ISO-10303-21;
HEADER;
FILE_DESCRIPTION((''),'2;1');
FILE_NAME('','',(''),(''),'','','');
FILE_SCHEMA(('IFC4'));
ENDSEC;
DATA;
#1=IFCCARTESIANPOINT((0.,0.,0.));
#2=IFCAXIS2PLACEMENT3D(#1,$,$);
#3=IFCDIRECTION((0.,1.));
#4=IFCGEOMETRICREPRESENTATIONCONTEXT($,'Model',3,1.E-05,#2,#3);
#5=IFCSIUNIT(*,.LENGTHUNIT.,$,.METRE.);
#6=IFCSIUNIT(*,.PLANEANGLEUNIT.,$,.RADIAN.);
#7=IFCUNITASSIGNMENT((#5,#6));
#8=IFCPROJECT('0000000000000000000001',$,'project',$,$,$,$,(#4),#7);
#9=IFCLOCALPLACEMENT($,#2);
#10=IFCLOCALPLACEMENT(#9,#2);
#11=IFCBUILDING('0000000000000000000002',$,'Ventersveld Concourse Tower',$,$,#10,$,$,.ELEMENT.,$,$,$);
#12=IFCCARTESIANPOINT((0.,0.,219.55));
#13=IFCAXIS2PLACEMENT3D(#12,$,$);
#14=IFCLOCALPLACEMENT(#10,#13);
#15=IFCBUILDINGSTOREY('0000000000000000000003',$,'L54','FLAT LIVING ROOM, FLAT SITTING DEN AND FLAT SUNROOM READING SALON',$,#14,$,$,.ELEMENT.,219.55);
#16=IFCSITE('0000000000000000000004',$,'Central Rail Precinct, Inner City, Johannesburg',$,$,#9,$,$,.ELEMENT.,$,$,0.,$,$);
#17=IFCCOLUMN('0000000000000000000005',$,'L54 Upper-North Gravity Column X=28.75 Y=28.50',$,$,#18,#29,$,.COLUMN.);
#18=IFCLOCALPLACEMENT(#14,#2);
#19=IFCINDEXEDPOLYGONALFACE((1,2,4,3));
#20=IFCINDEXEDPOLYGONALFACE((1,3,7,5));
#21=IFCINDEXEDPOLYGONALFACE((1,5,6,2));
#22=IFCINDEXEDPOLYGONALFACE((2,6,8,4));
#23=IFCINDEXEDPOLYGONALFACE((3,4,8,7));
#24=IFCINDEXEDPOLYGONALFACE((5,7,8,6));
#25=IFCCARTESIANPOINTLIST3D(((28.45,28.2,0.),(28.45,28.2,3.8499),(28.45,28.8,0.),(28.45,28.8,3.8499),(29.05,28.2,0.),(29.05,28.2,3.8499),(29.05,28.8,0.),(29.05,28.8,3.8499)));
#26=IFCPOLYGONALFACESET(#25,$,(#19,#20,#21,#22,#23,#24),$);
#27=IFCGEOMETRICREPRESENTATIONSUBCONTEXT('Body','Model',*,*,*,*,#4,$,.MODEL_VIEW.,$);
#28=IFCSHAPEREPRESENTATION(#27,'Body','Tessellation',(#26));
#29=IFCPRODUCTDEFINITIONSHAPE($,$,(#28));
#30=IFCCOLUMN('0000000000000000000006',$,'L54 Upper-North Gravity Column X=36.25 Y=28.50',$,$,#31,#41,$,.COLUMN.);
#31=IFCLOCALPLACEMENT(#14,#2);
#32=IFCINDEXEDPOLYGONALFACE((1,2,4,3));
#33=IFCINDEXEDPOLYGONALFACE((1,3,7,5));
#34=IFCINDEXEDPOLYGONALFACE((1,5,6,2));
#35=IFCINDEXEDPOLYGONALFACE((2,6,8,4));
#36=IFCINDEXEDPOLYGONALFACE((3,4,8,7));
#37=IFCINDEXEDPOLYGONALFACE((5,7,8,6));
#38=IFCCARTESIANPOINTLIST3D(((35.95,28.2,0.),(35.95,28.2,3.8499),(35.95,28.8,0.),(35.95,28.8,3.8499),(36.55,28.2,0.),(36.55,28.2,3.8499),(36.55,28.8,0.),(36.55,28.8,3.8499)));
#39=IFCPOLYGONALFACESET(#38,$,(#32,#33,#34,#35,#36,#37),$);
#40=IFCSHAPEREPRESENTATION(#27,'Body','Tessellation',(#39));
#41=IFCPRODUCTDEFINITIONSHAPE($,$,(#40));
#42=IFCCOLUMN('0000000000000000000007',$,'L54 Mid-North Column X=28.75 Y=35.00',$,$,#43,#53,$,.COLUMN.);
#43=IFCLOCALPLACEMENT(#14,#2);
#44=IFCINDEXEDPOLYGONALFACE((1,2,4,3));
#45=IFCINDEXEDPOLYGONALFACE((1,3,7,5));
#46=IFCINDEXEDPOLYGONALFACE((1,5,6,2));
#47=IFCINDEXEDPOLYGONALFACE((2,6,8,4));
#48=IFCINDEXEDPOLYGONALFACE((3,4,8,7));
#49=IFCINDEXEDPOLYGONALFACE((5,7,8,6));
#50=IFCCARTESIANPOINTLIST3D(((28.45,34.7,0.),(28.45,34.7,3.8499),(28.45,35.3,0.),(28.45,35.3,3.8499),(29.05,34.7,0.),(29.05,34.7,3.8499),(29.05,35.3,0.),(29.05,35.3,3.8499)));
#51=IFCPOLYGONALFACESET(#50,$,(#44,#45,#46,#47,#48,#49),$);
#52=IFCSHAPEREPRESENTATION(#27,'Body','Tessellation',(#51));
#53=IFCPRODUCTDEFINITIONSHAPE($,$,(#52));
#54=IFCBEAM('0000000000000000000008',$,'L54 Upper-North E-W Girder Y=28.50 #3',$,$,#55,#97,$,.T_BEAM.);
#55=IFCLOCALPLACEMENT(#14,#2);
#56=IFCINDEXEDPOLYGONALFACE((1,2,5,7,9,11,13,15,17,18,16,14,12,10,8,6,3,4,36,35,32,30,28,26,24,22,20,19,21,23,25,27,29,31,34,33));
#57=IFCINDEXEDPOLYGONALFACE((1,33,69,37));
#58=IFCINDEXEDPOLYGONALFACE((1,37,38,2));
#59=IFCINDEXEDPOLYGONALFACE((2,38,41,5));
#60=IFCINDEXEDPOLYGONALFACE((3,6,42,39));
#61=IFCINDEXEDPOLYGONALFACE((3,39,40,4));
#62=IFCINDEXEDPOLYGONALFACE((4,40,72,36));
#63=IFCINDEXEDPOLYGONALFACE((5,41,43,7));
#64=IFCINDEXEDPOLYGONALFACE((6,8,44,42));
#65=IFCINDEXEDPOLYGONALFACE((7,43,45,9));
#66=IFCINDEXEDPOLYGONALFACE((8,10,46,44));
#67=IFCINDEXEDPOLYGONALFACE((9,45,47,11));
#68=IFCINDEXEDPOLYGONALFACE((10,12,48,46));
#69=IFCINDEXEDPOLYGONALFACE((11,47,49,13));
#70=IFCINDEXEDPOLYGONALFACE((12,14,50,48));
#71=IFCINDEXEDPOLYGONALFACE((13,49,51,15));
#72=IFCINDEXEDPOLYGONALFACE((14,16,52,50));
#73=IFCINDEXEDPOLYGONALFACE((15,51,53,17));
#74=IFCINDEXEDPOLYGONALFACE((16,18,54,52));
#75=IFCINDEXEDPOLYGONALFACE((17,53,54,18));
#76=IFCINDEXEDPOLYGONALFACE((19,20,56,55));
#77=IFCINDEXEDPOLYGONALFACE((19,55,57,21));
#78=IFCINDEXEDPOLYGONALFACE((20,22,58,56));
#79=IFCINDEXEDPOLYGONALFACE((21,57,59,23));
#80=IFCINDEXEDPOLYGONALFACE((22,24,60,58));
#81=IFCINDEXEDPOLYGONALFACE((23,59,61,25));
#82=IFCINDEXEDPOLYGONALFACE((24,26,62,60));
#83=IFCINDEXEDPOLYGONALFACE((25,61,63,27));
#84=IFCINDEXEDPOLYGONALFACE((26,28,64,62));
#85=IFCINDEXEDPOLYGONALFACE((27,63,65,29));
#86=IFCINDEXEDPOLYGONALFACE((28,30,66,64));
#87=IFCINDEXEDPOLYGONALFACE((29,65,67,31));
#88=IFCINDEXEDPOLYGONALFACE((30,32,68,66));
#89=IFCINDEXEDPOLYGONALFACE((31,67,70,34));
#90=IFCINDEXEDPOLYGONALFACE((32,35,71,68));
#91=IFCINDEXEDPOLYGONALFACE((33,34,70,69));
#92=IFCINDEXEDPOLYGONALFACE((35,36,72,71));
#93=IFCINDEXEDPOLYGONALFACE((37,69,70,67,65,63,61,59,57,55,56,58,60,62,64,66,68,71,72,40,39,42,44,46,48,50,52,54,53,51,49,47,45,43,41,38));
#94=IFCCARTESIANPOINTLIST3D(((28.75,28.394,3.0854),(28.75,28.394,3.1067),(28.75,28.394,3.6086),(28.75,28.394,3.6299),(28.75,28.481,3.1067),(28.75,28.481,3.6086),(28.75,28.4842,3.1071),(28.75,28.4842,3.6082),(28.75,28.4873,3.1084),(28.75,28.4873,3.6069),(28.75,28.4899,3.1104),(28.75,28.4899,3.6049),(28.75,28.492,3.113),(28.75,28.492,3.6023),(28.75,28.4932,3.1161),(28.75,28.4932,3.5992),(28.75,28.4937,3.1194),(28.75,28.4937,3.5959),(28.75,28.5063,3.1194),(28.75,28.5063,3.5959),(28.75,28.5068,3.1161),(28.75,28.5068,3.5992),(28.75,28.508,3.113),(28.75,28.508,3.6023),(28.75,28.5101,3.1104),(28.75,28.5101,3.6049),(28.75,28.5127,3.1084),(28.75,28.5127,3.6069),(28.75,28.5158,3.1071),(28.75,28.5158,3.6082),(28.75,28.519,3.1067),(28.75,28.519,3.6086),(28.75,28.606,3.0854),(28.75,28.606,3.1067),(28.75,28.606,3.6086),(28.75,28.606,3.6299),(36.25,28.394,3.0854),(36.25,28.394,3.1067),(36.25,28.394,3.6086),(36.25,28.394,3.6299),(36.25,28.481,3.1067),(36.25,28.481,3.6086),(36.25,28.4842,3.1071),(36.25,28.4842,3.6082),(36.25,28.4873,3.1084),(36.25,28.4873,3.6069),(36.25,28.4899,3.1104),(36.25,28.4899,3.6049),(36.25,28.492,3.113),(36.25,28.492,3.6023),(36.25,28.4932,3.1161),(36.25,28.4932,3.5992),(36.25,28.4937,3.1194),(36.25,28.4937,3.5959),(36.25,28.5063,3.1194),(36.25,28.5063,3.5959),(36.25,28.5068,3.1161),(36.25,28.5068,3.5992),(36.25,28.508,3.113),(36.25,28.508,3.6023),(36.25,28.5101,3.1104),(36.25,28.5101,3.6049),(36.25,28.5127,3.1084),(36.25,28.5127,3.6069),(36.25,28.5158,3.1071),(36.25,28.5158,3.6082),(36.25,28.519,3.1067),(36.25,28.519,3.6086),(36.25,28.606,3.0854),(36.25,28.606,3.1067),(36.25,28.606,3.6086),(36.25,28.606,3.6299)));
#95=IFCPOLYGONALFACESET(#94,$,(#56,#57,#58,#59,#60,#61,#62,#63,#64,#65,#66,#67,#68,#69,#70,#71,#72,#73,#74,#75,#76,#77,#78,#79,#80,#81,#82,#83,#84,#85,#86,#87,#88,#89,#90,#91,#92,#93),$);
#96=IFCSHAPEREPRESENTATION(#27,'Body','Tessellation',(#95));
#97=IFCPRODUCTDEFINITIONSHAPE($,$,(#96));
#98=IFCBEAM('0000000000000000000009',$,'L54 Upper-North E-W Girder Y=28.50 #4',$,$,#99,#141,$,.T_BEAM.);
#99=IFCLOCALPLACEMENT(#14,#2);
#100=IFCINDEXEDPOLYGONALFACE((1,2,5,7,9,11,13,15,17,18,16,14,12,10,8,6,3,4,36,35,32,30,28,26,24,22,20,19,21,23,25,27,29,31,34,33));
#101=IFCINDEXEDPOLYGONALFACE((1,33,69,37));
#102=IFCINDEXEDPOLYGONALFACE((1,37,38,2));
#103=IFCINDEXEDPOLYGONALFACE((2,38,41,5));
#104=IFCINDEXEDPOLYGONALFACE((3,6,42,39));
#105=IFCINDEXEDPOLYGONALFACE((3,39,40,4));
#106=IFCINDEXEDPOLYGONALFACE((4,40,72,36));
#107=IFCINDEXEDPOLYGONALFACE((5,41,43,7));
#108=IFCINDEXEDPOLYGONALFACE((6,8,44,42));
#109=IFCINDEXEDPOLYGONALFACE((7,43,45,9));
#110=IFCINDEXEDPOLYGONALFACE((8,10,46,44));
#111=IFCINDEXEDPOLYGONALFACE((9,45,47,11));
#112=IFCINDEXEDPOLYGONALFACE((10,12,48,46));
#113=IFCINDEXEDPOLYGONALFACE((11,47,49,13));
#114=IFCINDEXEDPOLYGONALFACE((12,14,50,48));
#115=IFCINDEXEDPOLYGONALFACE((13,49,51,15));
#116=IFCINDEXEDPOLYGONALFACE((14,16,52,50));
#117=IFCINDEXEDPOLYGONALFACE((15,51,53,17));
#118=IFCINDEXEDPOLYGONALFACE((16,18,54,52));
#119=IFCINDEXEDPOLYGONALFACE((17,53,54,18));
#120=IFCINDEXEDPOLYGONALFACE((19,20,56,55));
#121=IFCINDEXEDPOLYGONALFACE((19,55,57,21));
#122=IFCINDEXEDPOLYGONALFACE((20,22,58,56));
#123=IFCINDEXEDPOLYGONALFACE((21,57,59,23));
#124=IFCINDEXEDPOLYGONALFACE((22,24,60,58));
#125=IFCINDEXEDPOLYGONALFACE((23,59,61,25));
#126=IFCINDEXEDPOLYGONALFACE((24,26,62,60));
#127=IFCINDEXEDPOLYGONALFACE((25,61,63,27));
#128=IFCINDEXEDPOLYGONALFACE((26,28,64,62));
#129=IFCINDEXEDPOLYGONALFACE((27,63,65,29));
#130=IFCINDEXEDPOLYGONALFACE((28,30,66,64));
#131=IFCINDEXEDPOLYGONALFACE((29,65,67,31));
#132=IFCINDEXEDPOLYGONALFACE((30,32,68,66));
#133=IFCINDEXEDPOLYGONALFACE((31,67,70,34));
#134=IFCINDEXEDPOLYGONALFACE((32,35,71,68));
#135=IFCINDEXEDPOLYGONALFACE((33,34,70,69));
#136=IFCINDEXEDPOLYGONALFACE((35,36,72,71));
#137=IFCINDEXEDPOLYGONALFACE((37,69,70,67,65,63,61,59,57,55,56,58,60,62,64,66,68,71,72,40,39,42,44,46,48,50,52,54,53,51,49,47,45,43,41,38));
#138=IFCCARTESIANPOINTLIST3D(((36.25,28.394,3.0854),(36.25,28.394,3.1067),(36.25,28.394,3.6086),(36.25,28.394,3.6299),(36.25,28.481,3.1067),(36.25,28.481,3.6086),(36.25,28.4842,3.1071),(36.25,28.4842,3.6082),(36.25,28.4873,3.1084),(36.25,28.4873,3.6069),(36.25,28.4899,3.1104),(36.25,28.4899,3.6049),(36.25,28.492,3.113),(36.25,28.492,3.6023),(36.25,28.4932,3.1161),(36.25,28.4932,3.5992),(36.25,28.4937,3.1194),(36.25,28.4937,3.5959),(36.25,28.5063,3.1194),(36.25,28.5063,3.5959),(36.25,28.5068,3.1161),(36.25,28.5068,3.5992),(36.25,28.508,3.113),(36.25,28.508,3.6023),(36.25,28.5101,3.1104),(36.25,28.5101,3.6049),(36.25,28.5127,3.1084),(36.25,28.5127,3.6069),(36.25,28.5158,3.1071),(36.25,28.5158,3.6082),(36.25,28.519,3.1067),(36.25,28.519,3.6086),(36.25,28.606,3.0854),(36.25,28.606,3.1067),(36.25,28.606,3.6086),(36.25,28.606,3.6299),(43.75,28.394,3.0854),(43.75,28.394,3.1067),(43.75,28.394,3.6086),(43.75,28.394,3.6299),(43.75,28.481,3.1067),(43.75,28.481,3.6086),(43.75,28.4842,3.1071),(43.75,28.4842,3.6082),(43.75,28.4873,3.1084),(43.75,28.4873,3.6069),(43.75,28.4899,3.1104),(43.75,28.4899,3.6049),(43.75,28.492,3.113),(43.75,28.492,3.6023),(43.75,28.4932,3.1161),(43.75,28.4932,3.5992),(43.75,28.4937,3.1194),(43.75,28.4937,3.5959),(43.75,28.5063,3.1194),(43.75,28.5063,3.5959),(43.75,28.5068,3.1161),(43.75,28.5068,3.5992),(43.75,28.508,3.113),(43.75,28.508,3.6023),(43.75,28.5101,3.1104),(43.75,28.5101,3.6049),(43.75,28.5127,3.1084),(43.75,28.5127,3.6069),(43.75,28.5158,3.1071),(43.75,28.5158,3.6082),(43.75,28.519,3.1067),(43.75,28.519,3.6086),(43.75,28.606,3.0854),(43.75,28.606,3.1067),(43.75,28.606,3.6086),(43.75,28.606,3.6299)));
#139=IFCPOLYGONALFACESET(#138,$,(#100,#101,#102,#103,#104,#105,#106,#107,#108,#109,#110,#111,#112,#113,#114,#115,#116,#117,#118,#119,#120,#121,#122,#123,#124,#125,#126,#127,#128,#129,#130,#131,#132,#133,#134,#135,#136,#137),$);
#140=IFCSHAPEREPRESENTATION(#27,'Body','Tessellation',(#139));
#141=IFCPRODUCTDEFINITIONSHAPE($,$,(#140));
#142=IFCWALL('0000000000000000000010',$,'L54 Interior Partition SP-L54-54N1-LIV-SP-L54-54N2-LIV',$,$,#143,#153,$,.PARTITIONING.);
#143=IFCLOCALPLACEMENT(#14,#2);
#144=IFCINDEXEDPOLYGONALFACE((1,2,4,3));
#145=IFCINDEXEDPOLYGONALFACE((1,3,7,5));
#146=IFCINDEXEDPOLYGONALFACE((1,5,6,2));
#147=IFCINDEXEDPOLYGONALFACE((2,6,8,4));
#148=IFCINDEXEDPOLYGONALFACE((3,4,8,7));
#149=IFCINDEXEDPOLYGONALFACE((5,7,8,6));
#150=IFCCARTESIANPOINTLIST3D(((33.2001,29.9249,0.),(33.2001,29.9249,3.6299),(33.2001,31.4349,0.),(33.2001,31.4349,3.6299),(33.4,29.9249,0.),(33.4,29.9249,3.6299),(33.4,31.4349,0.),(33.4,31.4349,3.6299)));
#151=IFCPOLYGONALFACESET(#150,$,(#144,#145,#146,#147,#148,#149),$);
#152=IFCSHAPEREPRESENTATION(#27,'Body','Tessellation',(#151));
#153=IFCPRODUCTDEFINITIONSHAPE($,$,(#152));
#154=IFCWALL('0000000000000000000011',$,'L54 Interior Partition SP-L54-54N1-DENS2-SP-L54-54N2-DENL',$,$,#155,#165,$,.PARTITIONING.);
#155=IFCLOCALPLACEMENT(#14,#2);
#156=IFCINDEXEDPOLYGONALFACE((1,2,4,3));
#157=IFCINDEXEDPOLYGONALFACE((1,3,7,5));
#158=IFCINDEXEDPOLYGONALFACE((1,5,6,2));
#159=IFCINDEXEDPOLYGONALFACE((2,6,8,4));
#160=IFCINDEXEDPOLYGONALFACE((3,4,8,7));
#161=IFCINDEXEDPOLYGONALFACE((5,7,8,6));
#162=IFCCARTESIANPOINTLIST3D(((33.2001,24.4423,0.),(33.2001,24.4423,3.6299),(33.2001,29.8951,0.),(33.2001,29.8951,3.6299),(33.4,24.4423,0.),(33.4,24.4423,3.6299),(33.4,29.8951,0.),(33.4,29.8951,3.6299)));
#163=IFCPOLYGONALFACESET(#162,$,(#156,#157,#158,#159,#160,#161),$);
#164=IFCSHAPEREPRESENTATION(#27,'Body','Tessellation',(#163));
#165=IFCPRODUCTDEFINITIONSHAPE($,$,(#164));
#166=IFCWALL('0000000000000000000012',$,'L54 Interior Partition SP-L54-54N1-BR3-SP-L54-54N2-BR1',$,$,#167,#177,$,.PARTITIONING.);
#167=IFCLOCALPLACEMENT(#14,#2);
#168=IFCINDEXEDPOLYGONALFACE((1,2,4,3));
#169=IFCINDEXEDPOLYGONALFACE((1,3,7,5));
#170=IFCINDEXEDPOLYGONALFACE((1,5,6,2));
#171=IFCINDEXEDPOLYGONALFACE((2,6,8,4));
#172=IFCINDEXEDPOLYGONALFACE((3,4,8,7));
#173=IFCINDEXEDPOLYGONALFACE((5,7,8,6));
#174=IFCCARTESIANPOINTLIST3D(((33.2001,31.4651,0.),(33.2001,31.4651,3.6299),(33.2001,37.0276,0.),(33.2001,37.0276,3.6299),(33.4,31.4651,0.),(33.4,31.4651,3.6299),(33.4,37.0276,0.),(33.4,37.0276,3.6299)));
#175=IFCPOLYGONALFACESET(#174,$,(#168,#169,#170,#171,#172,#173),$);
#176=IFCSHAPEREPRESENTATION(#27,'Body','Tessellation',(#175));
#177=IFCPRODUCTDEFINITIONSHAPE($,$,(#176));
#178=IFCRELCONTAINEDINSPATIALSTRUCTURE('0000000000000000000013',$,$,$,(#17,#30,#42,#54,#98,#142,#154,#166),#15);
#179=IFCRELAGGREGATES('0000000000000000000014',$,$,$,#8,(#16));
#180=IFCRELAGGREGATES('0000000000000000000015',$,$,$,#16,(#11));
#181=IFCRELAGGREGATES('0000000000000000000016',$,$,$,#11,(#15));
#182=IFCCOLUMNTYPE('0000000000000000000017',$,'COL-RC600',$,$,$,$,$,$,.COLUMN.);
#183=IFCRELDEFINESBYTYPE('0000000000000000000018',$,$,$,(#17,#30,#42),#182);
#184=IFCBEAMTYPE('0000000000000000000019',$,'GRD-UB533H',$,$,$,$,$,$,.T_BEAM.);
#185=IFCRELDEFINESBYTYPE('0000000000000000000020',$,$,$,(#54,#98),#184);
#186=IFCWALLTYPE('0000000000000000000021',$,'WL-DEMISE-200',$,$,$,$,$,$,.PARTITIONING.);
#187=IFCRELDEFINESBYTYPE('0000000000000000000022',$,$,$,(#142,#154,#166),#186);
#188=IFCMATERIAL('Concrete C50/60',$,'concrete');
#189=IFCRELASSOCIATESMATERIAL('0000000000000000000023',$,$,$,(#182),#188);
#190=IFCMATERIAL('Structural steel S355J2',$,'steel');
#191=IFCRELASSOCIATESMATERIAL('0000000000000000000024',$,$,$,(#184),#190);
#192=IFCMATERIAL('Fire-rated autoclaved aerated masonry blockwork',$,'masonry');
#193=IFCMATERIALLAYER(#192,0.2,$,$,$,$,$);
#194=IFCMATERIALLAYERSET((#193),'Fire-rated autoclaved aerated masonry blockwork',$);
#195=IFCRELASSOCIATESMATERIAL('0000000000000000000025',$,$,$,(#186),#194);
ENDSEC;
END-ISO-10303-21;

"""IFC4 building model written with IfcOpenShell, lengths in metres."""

from ifc_helpers import new_model, si_unit, direction, frame, frame_2d, origin, origin_2d, place, context, subcontext, project, spatial, rectangle, i_section, extrude, material, layer, layer_set, material_profile, profile_set, type_object, element, save


model = new_model("IFC4")

# Units and contexts
model_context = context("Model", 3, precision=1e-05, world=origin(), true_north=direction((0.0, 1.0)))
body_context = subcontext(model_context, "Body", "Model", "MODEL_VIEW")
ifc_project = project(units=[si_unit("LENGTHUNIT", "METRE"), si_unit("PLANEANGLEUNIT", "RADIAN")], contexts=[model_context])

# Site, building, storey
site_placement = place(None, origin())
site = spatial("IfcSite", under=ifc_project, at=site_placement, Name="Central Rail Precinct, Inner City, Johannesburg", CompositionType="ELEMENT", RefElevation=0.0)
building_placement = place(site_placement, origin())
building = spatial("IfcBuilding", under=site, at=building_placement, Name="Ventersveld Concourse Tower", CompositionType="ELEMENT")
storey_placement = place(building_placement, frame((0.0, 0.0, 219.55)))
storey = spatial("IfcBuildingStorey", under=building, at=storey_placement, Name="L54", Description="FLAT LIVING ROOM, FLAT SITTING DEN AND FLAT SUNROOM READING SALON", CompositionType="ELEMENT", Elevation=219.55)

# Columns
ifc_material_1 = material(Name="Concrete C50/60", Category="concrete")
ifc_material_profile_1 = material_profile(ifc_material_1, rectangle(XDim=0.6001, YDim=0.6001, at=origin_2d()), Name="RC 600x600")
ifc_profile_set_1 = profile_set([ifc_material_profile_1], Name="Concrete C50/60")
column_type = type_object("IfcColumnType", Name="COL-RC600", PredefinedType="COLUMN", material=ifc_profile_set_1)
for number, where, z_axis, x_axis, name in (
    (1, (28.75, 28.5, 0.0), (0.0, 0.0, 1.0), (1.0, 0.0, 0.0), "L54 Upper-North Gravity Column X=28.75 Y=28.50"),
    (2, (36.25, 28.5, 0.0), (0.0, 0.0, 1.0), (1.0, 0.0, 0.0), "L54 Upper-North Gravity Column X=36.25 Y=28.50"),
    (3, (28.75, 35.0, 0.0), (0.0, 0.0, 1.0), (1.0, 0.0, 0.0), "L54 Mid-North Column X=28.75 Y=35.00"),
):
    element("IfcColumn", number, at=place(storey_placement, frame(where, z_axis=z_axis, x_axis=x_axis)), inside=storey, type_object=column_type, Name=name, PredefinedType="COLUMN", context=body_context, shape_type="SweptSolid", body=[
        extrude(rectangle(XDim=0.6001, YDim=0.6001, at=origin_2d()), origin(), (0.0, 0.0, 1.0), 3.8499),
    ])

# Beams
ifc_material_2 = material(Name="Structural steel S355J2", Category="steel")
ifc_material_profile_2 = material_profile(ifc_material_2, i_section(OverallWidth=0.2119, OverallDepth=0.5444, WebThickness=0.0127, FlangeThickness=0.0212, FilletRadius=0.0127, at=origin_2d()), Name="UB 533x210x122")
ifc_profile_set_2 = profile_set([ifc_material_profile_2], Name="Structural steel S355J2")
beam_type = type_object("IfcBeamType", Name="GRD-UB533H", PredefinedType="T_BEAM", material=ifc_profile_set_2)
for number, where, z_axis, x_axis, name in (
    (4, (28.75, 28.5, 3.3577), (1.0, 0.0, 0.0), (0.0, 1.0, 0.0), "L54 Upper-North E-W Girder Y=28.50 #3"),
    (5, (36.25, 28.5, 3.3577), (1.0, 0.0, 0.0), (0.0, 1.0, 0.0), "L54 Upper-North E-W Girder Y=28.50 #4"),
):
    element("IfcBeam", number, at=place(storey_placement, frame(where, z_axis=z_axis, x_axis=x_axis)), inside=storey, type_object=beam_type, Name=name, PredefinedType="T_BEAM", context=body_context, shape_type="SweptSolid", body=[
        extrude(i_section(OverallWidth=0.2119, OverallDepth=0.5444, WebThickness=0.0127, FlangeThickness=0.0212, FilletRadius=0.0127, at=origin_2d()), origin(), (0.0, 0.0, 1.0), 7.5),
    ])

# Walls
ifc_material_3 = material(Name="Fire-rated autoclaved aerated masonry blockwork", Category="masonry")
ifc_layer_1 = layer(ifc_material_3, 0.2)
ifc_layer_set_1 = layer_set([ifc_layer_1], Name="Fire-rated autoclaved aerated masonry blockwork")
wall_type_1 = type_object("IfcWallType", Name="WL-DEMISE-200", PredefinedType="PARTITIONING", material=ifc_layer_set_1)
wall_1_placement = place(storey_placement, frame((33.3, 29.925, 0.0), z_axis=(0.0, 0.0, 1.0), x_axis=(0.0, 1.0, 0.0)))
element("IfcWall", 6, at=wall_1_placement, inside=storey, type_object=wall_type_1, Name="L54 Interior Partition SP-L54-54N1-LIV-SP-L54-54N2-LIV", PredefinedType="PARTITIONING", context=body_context, shape_type="SweptSolid", body=[
    extrude(rectangle(XDim=1.51, YDim=0.2, at=frame_2d((0.7549, 0.0))), origin(), (0.0, 0.0, 1.0), 3.6299),
])
wall_2_placement = place(storey_placement, frame((33.3, 24.4421, 0.0), z_axis=(0.0, 0.0, 1.0), x_axis=(0.0, 1.0, 0.0)))
element("IfcWall", 7, at=wall_2_placement, inside=storey, type_object=wall_type_1, Name="L54 Interior Partition SP-L54-54N1-DENS2-SP-L54-54N2-DENL", PredefinedType="PARTITIONING", context=body_context, shape_type="SweptSolid", body=[
    extrude(rectangle(XDim=5.4529, YDim=0.2, at=frame_2d((2.7266, 0.0))), origin(), (0.0, 0.0, 1.0), 3.6299),
])
wall_3_placement = place(storey_placement, frame((33.3, 31.4651, 0.0), z_axis=(0.0, 0.0, 1.0), x_axis=(0.0, 1.0, 0.0)))
element("IfcWall", 8, at=wall_3_placement, inside=storey, type_object=wall_type_1, Name="L54 Interior Partition SP-L54-54N1-BR3-SP-L54-54N2-BR1", PredefinedType="PARTITIONING", context=body_context, shape_type="SweptSolid", body=[
    extrude(rectangle(XDim=5.5625, YDim=0.2, at=frame_2d((2.7812, 0.0))), origin(), (0.0, 0.0, 1.0), 3.6299),
])

save(model, "model.ifc")
